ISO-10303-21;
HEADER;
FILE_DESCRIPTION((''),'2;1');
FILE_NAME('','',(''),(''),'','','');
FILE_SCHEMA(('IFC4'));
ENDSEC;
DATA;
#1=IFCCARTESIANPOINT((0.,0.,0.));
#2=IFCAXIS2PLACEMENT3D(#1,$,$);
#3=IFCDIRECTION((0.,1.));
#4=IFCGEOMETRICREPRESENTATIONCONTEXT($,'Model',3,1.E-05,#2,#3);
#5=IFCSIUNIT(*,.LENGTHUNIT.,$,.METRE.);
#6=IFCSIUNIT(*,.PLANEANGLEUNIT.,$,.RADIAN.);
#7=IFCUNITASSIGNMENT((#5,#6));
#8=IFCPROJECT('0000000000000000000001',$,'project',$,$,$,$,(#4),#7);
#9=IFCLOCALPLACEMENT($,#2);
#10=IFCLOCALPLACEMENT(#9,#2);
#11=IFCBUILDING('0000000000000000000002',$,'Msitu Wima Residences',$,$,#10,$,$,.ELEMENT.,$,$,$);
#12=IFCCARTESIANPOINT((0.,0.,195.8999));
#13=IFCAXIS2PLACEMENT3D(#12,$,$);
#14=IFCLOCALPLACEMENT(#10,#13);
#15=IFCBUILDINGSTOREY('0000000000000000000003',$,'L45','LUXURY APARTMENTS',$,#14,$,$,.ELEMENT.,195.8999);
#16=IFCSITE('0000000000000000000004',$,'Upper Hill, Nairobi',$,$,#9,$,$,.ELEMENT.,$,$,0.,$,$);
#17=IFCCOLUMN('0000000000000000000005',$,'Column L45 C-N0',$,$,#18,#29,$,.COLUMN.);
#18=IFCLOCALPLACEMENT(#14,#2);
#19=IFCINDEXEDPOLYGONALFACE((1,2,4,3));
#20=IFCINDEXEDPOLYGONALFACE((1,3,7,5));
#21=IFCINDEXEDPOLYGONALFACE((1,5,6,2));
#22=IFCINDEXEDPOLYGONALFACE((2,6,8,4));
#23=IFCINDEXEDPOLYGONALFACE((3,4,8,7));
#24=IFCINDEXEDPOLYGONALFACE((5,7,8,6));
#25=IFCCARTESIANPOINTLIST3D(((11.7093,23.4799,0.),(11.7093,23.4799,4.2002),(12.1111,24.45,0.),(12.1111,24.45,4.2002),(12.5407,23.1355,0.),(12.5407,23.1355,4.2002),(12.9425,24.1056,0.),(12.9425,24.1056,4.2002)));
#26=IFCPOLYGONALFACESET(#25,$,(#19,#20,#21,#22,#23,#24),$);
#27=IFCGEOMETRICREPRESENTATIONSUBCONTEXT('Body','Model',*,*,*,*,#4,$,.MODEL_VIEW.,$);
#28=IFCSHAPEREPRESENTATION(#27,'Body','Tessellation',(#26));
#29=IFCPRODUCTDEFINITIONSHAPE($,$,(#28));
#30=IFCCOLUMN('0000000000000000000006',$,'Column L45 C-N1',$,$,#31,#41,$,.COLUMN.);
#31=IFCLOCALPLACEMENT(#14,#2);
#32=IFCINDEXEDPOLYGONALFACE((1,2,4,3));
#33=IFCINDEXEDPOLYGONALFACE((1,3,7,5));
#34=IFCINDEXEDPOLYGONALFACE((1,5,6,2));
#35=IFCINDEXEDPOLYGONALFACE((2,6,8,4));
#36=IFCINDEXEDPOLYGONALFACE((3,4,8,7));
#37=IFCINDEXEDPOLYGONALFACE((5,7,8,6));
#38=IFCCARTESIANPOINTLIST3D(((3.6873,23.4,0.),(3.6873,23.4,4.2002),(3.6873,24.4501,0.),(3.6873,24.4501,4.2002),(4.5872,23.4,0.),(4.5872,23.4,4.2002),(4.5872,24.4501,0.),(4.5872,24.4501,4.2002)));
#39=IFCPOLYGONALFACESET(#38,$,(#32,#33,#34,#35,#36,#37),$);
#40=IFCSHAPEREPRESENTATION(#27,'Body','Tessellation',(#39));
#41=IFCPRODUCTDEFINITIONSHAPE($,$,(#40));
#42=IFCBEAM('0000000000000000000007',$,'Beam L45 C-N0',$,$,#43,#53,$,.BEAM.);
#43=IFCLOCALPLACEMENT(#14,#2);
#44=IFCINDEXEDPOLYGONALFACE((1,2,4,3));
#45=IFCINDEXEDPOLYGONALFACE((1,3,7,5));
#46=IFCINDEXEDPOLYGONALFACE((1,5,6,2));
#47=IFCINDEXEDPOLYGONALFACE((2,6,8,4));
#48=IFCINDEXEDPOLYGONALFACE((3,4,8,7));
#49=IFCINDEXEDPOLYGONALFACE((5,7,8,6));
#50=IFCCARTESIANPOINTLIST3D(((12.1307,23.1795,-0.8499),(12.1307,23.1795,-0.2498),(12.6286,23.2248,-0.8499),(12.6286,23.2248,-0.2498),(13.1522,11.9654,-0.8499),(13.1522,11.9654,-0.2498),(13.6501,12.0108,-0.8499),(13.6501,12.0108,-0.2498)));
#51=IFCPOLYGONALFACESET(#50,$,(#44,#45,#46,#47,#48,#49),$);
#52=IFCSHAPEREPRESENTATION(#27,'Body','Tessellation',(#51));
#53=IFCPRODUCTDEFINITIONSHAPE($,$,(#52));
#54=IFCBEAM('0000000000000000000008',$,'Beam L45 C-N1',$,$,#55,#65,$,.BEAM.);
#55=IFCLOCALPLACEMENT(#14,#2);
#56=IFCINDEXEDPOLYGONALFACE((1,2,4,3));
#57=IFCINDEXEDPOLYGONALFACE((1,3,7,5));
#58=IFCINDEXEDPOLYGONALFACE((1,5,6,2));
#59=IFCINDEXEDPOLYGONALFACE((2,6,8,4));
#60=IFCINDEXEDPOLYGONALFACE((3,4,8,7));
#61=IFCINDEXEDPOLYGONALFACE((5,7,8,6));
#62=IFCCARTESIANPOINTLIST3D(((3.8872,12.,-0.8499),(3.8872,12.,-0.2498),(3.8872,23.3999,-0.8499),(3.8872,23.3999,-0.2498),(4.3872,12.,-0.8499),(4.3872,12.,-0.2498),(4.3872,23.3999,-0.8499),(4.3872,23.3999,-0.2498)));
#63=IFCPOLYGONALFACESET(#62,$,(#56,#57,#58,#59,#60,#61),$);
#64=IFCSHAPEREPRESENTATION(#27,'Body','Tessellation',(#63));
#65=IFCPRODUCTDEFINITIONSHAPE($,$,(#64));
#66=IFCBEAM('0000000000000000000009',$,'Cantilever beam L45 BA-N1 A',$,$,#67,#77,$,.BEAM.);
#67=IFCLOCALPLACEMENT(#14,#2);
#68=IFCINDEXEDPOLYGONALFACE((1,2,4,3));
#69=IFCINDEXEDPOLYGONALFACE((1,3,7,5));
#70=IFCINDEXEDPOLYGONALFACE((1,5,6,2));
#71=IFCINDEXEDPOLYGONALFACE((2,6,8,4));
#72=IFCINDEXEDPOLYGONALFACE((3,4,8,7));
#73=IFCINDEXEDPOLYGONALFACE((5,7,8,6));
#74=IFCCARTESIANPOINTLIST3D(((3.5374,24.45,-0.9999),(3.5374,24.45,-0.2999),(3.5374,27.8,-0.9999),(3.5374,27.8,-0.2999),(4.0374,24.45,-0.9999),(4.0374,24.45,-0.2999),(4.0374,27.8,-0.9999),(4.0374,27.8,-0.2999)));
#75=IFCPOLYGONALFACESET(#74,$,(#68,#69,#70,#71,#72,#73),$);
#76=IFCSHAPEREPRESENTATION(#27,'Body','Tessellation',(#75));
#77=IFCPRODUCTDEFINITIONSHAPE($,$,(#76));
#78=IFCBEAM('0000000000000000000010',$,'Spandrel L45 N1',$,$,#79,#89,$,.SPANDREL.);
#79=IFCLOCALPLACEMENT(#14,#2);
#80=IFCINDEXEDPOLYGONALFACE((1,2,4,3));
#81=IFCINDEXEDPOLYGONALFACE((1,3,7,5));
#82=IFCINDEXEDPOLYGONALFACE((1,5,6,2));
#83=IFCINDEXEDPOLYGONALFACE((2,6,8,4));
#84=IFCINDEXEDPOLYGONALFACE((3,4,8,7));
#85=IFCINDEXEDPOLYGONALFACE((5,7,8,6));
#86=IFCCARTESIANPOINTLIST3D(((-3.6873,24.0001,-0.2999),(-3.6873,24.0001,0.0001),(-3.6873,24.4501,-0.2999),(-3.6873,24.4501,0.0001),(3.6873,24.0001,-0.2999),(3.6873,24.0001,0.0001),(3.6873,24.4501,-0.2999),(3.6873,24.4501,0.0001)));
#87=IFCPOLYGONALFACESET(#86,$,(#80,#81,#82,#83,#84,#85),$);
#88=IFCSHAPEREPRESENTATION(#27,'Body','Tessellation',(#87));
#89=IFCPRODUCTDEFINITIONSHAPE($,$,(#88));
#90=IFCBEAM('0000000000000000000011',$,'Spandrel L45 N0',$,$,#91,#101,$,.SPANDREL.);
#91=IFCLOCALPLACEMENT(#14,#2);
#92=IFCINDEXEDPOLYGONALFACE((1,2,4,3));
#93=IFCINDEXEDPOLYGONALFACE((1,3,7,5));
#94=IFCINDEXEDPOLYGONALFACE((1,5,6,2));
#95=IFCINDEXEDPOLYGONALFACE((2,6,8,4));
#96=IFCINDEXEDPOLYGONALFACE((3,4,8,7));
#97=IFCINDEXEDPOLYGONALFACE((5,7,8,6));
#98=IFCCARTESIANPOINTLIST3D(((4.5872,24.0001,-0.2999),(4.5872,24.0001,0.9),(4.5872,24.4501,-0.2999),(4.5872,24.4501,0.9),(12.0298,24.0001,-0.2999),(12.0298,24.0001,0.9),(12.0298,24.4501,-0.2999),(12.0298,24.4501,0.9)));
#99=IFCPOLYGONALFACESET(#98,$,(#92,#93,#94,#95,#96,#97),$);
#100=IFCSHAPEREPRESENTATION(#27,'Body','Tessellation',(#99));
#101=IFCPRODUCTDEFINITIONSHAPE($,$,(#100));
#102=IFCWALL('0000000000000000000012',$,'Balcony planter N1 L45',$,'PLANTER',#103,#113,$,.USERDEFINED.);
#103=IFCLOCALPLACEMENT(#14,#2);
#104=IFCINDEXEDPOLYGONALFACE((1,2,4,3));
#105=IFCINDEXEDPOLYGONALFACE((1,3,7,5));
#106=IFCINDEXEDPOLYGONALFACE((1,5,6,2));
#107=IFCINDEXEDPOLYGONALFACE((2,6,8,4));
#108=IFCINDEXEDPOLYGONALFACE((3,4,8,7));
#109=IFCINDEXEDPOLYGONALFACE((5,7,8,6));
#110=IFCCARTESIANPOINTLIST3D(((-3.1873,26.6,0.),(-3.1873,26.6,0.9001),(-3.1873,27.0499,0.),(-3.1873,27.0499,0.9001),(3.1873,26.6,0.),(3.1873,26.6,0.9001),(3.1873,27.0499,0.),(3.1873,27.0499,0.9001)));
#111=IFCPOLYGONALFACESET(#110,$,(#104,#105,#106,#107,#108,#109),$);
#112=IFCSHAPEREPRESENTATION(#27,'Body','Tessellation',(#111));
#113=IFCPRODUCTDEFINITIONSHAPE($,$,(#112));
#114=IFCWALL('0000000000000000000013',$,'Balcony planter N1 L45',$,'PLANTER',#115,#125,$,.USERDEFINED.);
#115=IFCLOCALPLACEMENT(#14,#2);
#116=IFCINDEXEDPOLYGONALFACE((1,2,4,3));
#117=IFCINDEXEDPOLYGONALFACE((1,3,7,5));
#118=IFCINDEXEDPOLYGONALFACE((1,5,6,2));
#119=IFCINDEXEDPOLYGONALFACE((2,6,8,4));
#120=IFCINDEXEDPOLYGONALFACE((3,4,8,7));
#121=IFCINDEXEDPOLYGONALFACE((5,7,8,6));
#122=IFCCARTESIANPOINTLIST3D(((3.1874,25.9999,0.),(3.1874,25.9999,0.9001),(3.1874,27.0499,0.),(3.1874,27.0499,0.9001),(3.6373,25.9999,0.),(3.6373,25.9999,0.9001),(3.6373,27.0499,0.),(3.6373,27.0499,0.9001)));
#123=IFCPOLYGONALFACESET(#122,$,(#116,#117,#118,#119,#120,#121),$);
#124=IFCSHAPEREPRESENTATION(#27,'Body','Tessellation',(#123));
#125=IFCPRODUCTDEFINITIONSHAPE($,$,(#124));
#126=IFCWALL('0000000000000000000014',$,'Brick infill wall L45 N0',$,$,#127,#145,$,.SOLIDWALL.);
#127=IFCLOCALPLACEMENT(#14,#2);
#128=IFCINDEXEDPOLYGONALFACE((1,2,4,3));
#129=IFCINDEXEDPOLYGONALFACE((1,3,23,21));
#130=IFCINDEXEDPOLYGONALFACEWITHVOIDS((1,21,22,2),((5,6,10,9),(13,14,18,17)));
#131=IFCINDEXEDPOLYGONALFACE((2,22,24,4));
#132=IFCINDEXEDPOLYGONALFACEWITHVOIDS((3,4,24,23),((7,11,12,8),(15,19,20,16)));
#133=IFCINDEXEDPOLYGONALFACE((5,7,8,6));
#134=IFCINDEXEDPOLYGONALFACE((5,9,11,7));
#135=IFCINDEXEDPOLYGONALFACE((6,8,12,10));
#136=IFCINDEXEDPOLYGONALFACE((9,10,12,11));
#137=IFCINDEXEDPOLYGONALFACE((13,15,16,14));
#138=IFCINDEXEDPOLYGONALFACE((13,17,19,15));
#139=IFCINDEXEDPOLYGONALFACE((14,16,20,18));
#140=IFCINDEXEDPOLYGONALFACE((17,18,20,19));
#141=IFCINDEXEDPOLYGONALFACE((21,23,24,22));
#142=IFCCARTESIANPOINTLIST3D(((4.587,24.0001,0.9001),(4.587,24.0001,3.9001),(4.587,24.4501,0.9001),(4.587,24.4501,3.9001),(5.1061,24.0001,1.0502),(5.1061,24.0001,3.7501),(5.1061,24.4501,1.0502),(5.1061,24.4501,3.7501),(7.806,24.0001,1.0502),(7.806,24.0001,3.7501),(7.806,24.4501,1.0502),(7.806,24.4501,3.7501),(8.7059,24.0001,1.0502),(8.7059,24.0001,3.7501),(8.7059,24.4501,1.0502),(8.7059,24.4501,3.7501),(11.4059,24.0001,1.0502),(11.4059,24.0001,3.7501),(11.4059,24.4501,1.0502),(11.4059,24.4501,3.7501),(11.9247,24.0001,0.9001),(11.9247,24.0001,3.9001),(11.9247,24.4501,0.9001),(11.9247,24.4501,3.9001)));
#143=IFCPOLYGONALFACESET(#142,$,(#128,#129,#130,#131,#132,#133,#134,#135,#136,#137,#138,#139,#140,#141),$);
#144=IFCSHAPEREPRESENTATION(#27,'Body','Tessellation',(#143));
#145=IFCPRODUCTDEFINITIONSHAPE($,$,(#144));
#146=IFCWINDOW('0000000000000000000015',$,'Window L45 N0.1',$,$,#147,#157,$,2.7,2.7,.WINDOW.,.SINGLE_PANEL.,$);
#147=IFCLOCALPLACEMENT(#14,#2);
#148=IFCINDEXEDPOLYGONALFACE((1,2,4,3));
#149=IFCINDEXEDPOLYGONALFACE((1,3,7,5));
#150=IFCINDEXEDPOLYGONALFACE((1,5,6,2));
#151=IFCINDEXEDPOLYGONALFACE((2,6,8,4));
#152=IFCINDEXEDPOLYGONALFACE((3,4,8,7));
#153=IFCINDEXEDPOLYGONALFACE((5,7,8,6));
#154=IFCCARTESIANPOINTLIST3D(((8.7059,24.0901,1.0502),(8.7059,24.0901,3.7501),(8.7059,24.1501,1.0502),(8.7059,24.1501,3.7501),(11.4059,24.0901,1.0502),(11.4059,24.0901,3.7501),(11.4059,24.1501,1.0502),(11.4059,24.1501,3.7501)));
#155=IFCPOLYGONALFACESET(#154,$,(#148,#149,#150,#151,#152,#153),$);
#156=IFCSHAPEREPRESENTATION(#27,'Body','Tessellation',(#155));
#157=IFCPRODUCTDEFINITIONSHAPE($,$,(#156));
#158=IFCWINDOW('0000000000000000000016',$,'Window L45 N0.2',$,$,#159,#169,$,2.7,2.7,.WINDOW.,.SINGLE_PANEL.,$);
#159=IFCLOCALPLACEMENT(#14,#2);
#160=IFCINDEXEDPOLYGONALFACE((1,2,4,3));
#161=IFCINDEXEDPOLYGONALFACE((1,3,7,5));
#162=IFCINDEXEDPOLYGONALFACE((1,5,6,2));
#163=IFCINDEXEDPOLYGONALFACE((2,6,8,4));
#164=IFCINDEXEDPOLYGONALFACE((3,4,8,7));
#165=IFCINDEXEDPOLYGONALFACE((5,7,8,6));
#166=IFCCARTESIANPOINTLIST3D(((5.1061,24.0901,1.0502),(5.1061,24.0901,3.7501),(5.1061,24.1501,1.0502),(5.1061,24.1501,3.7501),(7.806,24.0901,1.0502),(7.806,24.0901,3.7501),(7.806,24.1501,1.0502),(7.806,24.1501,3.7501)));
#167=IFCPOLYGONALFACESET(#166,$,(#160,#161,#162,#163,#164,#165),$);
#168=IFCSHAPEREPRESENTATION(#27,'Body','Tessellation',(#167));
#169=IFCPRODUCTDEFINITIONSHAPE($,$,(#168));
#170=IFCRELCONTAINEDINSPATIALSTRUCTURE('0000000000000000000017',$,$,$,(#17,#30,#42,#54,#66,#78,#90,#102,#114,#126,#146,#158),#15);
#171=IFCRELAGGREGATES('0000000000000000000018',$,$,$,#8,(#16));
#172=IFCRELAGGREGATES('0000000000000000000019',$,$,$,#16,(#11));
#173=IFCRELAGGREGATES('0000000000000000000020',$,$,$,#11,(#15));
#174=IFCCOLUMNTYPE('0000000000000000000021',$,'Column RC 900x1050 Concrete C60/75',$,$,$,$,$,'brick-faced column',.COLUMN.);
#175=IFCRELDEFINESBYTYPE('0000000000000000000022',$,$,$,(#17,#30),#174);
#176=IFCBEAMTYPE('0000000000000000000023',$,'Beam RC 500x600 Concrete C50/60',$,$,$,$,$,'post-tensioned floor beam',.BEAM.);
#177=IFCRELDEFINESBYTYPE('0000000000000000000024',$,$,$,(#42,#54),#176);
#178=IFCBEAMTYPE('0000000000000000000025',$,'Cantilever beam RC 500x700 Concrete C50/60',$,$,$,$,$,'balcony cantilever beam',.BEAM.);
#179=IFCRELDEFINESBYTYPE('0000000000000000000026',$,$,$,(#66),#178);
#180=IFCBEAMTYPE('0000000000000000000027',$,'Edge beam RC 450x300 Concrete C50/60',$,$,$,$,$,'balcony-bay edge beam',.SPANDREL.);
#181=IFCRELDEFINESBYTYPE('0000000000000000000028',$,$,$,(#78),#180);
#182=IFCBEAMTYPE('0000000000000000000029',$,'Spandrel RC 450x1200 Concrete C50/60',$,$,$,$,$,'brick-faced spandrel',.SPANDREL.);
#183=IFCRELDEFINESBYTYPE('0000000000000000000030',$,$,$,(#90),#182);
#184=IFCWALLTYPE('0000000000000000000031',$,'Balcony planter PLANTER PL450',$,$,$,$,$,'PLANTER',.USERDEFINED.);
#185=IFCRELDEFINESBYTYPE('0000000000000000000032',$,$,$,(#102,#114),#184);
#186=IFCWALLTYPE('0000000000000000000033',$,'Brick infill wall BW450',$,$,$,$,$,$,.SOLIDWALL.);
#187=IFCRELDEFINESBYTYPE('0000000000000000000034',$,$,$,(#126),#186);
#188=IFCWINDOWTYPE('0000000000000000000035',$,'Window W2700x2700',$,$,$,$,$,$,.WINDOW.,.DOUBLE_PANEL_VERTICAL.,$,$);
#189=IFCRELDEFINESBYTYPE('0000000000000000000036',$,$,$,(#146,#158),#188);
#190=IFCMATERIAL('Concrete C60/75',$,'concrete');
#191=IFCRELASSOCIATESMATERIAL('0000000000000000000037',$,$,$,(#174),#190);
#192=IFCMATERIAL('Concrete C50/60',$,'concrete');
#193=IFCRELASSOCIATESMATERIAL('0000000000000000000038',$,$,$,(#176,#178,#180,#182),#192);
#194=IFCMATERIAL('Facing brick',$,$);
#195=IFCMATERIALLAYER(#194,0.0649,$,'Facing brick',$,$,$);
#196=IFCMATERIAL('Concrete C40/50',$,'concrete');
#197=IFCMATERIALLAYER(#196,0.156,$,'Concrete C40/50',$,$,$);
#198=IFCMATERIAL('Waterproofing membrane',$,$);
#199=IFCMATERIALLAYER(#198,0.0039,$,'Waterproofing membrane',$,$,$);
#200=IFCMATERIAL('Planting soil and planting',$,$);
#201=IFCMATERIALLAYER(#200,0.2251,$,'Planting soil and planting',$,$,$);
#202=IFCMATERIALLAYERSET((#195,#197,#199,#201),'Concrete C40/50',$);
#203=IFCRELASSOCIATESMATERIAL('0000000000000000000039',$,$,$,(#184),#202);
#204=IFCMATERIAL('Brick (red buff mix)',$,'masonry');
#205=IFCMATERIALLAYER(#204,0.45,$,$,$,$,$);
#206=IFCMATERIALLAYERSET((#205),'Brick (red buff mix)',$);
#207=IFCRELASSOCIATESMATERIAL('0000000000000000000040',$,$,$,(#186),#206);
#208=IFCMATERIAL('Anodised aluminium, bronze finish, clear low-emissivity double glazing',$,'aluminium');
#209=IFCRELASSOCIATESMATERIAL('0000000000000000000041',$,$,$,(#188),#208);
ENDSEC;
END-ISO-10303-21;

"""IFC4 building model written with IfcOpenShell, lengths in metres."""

from ifc_helpers import new_model, si_unit, direction, frame, frame_2d, origin, origin_2d, place, context, subcontext, project, spatial, rectangle, extrude, material, layer, layer_set, material_profile, profile_set, type_object, element, fill, save


model = new_model("IFC4")

# Units and contexts
model_context = context("Model", 3, precision=1e-05, world=origin(), true_north=direction((0.0, 1.0)))
body_context = subcontext(model_context, "Body", "Model", "MODEL_VIEW")
ifc_project = project(units=[si_unit("LENGTHUNIT", "METRE"), si_unit("PLANEANGLEUNIT", "RADIAN")], contexts=[model_context])

# Site, building, storey
site_placement = place(None, origin())
site = spatial("IfcSite", under=ifc_project, at=site_placement, Name="Upper Hill, Nairobi", CompositionType="ELEMENT", RefElevation=0.0)
building_placement = place(site_placement, origin())
building = spatial("IfcBuilding", under=site, at=building_placement, Name="Msitu Wima Residences", CompositionType="ELEMENT")
storey_placement = place(building_placement, frame((0.0, 0.0, 195.8999)))
storey = spatial("IfcBuildingStorey", under=building, at=storey_placement, Name="L45", Description="LUXURY APARTMENTS", CompositionType="ELEMENT", Elevation=195.8999)

# Columns
ifc_material_1 = material(Name="Concrete C60/75", Category="concrete")
ifc_material_profile_1 = material_profile(ifc_material_1, rectangle(XDim=0.8999, YDim=1.05, at=origin_2d()), Name="RC 900x1050")
ifc_profile_set_1 = profile_set([ifc_material_profile_1], Name="Concrete C60/75")
column_type = type_object("IfcColumnType", Name="Column RC 900x1050 Concrete C60/75", ElementType="brick-faced column", PredefinedType="COLUMN", material=ifc_profile_set_1)
for number, where, z_axis, x_axis, name in (
    (1, (12.3259, 23.7927, 0.0), (0.0, 0.0, 1.0), (-0.92388, 0.382683, 0.0), "Column L45 C-N0"),
    (2, (4.1372, 23.925, 0.0), (0.0, 0.0, 1.0), (-1.0, 0.0, 0.0), "Column L45 C-N1"),
):
    element("IfcColumn", number, at=place(storey_placement, frame(where, z_axis=z_axis, x_axis=x_axis)), inside=storey, type_object=column_type, Name=name, PredefinedType="COLUMN", context=body_context, shape_type="SweptSolid", body=[
        extrude(rectangle(XDim=0.8999, YDim=1.05, at=origin_2d()), origin(), (0.0, 0.0, 1.0), 4.2002),
    ])

# Beams
ifc_material_2 = material(Name="Concrete C50/60", Category="concrete")
ifc_material_profile_2 = material_profile(ifc_material_2, rectangle(XDim=0.5, YDim=0.6001, at=origin_2d()), Name="RC 500x600")
ifc_profile_set_2 = profile_set([ifc_material_profile_2], Name="Concrete C50/60")
beam_type_1 = type_object("IfcBeamType", Name="Beam RC 500x600 Concrete C50/60", ElementType="post-tensioned floor beam", PredefinedType="BEAM", material=ifc_profile_set_2)
beam_1_placement = place(storey_placement, frame((12.3796, 23.2021, -0.5498), z_axis=(0.090714, -0.995877, 0.0), x_axis=(0.995877, 0.090714, 0.0)))
element("IfcBeam", 3, at=beam_1_placement, inside=storey, type_object=beam_type_1, Name="Beam L45 C-N0", PredefinedType="BEAM", context=body_context, shape_type="SweptSolid", body=[
    extrude(rectangle(XDim=0.5, YDim=0.6001, at=origin_2d()), origin(), (0.0, 0.0, 1.0), 11.2605),
])
beam_2_placement = place(storey_placement, frame((4.1372, 23.3999, -0.5498), z_axis=(0.0, -1.0, 0.0), x_axis=(1.0, 0.0, 0.0)))
element("IfcBeam", 4, at=beam_2_placement, inside=storey, type_object=beam_type_1, Name="Beam L45 C-N1", PredefinedType="BEAM", context=body_context, shape_type="SweptSolid", body=[
    extrude(rectangle(XDim=0.5, YDim=0.6001, at=origin_2d()), origin(), (0.0, 0.0, 1.0), 11.3999),
])
ifc_material_profile_3 = material_profile(ifc_material_2, rectangle(XDim=0.5, YDim=0.7, at=origin_2d()), Name="RC 500x700")
ifc_profile_set_3 = profile_set([ifc_material_profile_3], Name="Concrete C50/60")
beam_type_2 = type_object("IfcBeamType", Name="Cantilever beam RC 500x700 Concrete C50/60", ElementType="balcony cantilever beam", PredefinedType="BEAM", material=ifc_profile_set_3)
beam_3_placement = place(storey_placement, frame((3.7874, 24.45, -0.6499), z_axis=(0.0, 1.0, 0.0), x_axis=(-1.0, 0.0, 0.0)))
element("IfcBeam", 5, at=beam_3_placement, inside=storey, type_object=beam_type_2, Name="Cantilever beam L45 BA-N1 A", PredefinedType="BEAM", context=body_context, shape_type="SweptSolid", body=[
    extrude(rectangle(XDim=0.5, YDim=0.7, at=origin_2d()), origin(), (0.0, 0.0, 1.0), 3.3501),
])
ifc_material_profile_4 = material_profile(ifc_material_2, rectangle(XDim=0.45, YDim=0.3, at=origin_2d()), Name="RC 450x300")
ifc_profile_set_4 = profile_set([ifc_material_profile_4], Name="Concrete C50/60")
beam_type_3 = type_object("IfcBeamType", Name="Edge beam RC 450x300 Concrete C50/60", ElementType="balcony-bay edge beam", PredefinedType="SPANDREL", material=ifc_profile_set_4)
beam_4_placement = place(storey_placement, frame((3.6873, 24.2251, -0.1499), z_axis=(-1.0, 0.0, 0.0), x_axis=(0.0, -1.0, 0.0)))
element("IfcBeam", 6, at=beam_4_placement, inside=storey, type_object=beam_type_3, Name="Spandrel L45 N1", PredefinedType="SPANDREL", context=body_context, shape_type="SweptSolid", body=[
    extrude(rectangle(XDim=0.45, YDim=0.3, at=origin_2d()), origin(), (0.0, 0.0, 1.0), 7.3745),
])
ifc_material_profile_5 = material_profile(ifc_material_2, rectangle(XDim=0.45, YDim=1.2, at=origin_2d()), Name="RC 450x1200")
ifc_profile_set_5 = profile_set([ifc_material_profile_5], Name="Concrete C50/60")
beam_type_4 = type_object("IfcBeamType", Name="Spandrel RC 450x1200 Concrete C50/60", ElementType="brick-faced spandrel", PredefinedType="SPANDREL", material=ifc_profile_set_5)
beam_5_placement = place(storey_placement, frame((12.0298, 24.2251, 0.3), z_axis=(-1.0, 0.0, 0.0), x_axis=(0.0, -1.0, 0.0)))
element("IfcBeam", 7, at=beam_5_placement, inside=storey, type_object=beam_type_4, Name="Spandrel L45 N0", PredefinedType="SPANDREL", context=body_context, shape_type="SweptSolid", body=[
    extrude(rectangle(XDim=0.45, YDim=1.2, at=origin_2d()), origin(), (0.0, 0.0, 1.0), 7.4426),
])

# Walls
ifc_material_3 = material(Name="Facing brick")
ifc_layer_1 = layer(ifc_material_3, 0.0649, Name="Facing brick")
ifc_material_4 = material(Name="Concrete C40/50", Category="concrete")
ifc_layer_2 = layer(ifc_material_4, 0.156, Name="Concrete C40/50")
ifc_material_5 = material(Name="Waterproofing membrane")
ifc_layer_3 = layer(ifc_material_5, 0.0039, Name="Waterproofing membrane")
ifc_material_6 = material(Name="Planting soil and planting")
ifc_layer_4 = layer(ifc_material_6, 0.2251, Name="Planting soil and planting")
ifc_layer_set_1 = layer_set([ifc_layer_1, ifc_layer_2, ifc_layer_3, ifc_layer_4], Name="Concrete C40/50")
wall_type_1 = type_object("IfcWallType", Name="Balcony planter PLANTER PL450", ElementType="PLANTER", PredefinedType="USERDEFINED", material=ifc_layer_set_1)
wall_1_placement = place(storey_placement, frame((3.1873, 26.825, 0.0), z_axis=(0.0, 0.0, 1.0), x_axis=(-1.0, 0.0, 0.0)))
element("IfcWall", 8, at=wall_1_placement, inside=storey, type_object=wall_type_1, Name="Balcony planter N1 L45", ObjectType="PLANTER", PredefinedType="USERDEFINED", context=body_context, shape_type="SweptSolid", body=[
    extrude(rectangle(XDim=6.3745, YDim=0.45, at=frame_2d((3.1873, 0.0))), origin(), (0.0, 0.0, 1.0), 0.9001),
])
wall_2_placement = place(storey_placement, frame((3.4124, 26.0, 0.0), z_axis=(0.0, 0.0, 1.0), x_axis=(0.0, 1.0, 0.0)))
element("IfcWall", 9, at=wall_2_placement, inside=storey, type_object=wall_type_1, Name="Balcony planter N1 L45", ObjectType="PLANTER", PredefinedType="USERDEFINED", context=body_context, shape_type="SweptSolid", body=[
    extrude(rectangle(XDim=1.05, YDim=0.45, at=frame_2d((0.5249, 0.0))), origin(), (0.0, 0.0, 1.0), 0.9001),
])

# Wall, openings, windows
ifc_material_7 = material(Name="Brick (red buff mix)", Category="masonry")
ifc_layer_5 = layer(ifc_material_7, 0.45)
ifc_layer_set_2 = layer_set([ifc_layer_5], Name="Brick (red buff mix)")
wall_type_2 = type_object("IfcWallType", Name="Brick infill wall BW450", PredefinedType="SOLIDWALL", material=ifc_layer_set_2)
wall_3_placement = place(storey_placement, frame((11.9248, 24.2251, 0.9001), z_axis=(0.0, 0.0, 1.0), x_axis=(-1.0, 0.0, 0.0)))
wall_3 = element("IfcWall", 10, at=wall_3_placement, inside=storey, type_object=wall_type_2, Name="Brick infill wall L45 N0", PredefinedType="SOLIDWALL", context=body_context, shape_type="SweptSolid", body=[
    extrude(rectangle(XDim=7.3376, YDim=0.45, at=frame_2d((3.6689, 0.0))), origin(), (0.0, 0.0, 1.0), 3.0),
])
opening_1_placement = place(wall_3_placement, frame((0.5188, 0.0, 0.1499)))
opening_1 = element("IfcOpeningElement", 11, at=opening_1_placement, cuts=wall_3, PredefinedType="OPENING", context=body_context, shape_type="SweptSolid", body=[
    extrude(rectangle(XDim=2.7, YDim=2.7, at=frame_2d((1.3501, 1.3501))), frame((0.0, 0.2349, 0.0), z_axis=(0.0, -1.0, 0.0), x_axis=(1.0, 0.0, 0.0)), (0.0, 0.0, 1.0), 0.47),
])
opening_2_placement = place(wall_3_placement, frame((4.1187, 0.0, 0.1499)))
opening_2 = element("IfcOpeningElement", 12, at=opening_2_placement, cuts=wall_3, PredefinedType="OPENING", context=body_context, shape_type="SweptSolid", body=[
    extrude(rectangle(XDim=2.7, YDim=2.7, at=frame_2d((1.3501, 1.3501))), frame((0.0, 0.2349, 0.0), z_axis=(0.0, -1.0, 0.0), x_axis=(1.0, 0.0, 0.0)), (0.0, 0.0, 1.0), 0.47),
])
ifc_material_8 = material(Name="Anodised aluminium, bronze finish, clear low-emissivity double glazing", Category="aluminium")
window_type = type_object("IfcWindowType", Name="Window W2700x2700", PartitioningType="DOUBLE_PANEL_VERTICAL", PredefinedType="WINDOW", material=ifc_material_8)
window_1_placement = place(opening_1_placement, origin())
window_1 = element("IfcWindow", 13, at=window_1_placement, inside=storey, type_object=window_type, Name="Window L45 N0.1", OverallHeight=2.7, OverallWidth=2.7, PartitioningType="SINGLE_PANEL", PredefinedType="WINDOW", context=body_context, shape_type="SweptSolid", body=[
    extrude(rectangle(XDim=2.7, YDim=2.7, at=frame_2d((1.3501, 1.3501))), frame((0.0, 0.135, 0.0), z_axis=(0.0, -1.0, 0.0), x_axis=(1.0, 0.0, 0.0)), (0.0, 0.0, 1.0), 0.0601),
])
fill(opening_1, window_1)
window_2_placement = place(opening_2_placement, origin())
window_2 = element("IfcWindow", 14, at=window_2_placement, inside=storey, type_object=window_type, Name="Window L45 N0.2", OverallHeight=2.7, OverallWidth=2.7, PartitioningType="SINGLE_PANEL", PredefinedType="WINDOW", context=body_context, shape_type="SweptSolid", body=[
    extrude(rectangle(XDim=2.7, YDim=2.7, at=frame_2d((1.3501, 1.3501))), frame((0.0, 0.135, 0.0), z_axis=(0.0, -1.0, 0.0), x_axis=(1.0, 0.0, 0.0)), (0.0, 0.0, 1.0), 0.0601),
])
fill(opening_2, window_2)

save(model, "model.ifc")
